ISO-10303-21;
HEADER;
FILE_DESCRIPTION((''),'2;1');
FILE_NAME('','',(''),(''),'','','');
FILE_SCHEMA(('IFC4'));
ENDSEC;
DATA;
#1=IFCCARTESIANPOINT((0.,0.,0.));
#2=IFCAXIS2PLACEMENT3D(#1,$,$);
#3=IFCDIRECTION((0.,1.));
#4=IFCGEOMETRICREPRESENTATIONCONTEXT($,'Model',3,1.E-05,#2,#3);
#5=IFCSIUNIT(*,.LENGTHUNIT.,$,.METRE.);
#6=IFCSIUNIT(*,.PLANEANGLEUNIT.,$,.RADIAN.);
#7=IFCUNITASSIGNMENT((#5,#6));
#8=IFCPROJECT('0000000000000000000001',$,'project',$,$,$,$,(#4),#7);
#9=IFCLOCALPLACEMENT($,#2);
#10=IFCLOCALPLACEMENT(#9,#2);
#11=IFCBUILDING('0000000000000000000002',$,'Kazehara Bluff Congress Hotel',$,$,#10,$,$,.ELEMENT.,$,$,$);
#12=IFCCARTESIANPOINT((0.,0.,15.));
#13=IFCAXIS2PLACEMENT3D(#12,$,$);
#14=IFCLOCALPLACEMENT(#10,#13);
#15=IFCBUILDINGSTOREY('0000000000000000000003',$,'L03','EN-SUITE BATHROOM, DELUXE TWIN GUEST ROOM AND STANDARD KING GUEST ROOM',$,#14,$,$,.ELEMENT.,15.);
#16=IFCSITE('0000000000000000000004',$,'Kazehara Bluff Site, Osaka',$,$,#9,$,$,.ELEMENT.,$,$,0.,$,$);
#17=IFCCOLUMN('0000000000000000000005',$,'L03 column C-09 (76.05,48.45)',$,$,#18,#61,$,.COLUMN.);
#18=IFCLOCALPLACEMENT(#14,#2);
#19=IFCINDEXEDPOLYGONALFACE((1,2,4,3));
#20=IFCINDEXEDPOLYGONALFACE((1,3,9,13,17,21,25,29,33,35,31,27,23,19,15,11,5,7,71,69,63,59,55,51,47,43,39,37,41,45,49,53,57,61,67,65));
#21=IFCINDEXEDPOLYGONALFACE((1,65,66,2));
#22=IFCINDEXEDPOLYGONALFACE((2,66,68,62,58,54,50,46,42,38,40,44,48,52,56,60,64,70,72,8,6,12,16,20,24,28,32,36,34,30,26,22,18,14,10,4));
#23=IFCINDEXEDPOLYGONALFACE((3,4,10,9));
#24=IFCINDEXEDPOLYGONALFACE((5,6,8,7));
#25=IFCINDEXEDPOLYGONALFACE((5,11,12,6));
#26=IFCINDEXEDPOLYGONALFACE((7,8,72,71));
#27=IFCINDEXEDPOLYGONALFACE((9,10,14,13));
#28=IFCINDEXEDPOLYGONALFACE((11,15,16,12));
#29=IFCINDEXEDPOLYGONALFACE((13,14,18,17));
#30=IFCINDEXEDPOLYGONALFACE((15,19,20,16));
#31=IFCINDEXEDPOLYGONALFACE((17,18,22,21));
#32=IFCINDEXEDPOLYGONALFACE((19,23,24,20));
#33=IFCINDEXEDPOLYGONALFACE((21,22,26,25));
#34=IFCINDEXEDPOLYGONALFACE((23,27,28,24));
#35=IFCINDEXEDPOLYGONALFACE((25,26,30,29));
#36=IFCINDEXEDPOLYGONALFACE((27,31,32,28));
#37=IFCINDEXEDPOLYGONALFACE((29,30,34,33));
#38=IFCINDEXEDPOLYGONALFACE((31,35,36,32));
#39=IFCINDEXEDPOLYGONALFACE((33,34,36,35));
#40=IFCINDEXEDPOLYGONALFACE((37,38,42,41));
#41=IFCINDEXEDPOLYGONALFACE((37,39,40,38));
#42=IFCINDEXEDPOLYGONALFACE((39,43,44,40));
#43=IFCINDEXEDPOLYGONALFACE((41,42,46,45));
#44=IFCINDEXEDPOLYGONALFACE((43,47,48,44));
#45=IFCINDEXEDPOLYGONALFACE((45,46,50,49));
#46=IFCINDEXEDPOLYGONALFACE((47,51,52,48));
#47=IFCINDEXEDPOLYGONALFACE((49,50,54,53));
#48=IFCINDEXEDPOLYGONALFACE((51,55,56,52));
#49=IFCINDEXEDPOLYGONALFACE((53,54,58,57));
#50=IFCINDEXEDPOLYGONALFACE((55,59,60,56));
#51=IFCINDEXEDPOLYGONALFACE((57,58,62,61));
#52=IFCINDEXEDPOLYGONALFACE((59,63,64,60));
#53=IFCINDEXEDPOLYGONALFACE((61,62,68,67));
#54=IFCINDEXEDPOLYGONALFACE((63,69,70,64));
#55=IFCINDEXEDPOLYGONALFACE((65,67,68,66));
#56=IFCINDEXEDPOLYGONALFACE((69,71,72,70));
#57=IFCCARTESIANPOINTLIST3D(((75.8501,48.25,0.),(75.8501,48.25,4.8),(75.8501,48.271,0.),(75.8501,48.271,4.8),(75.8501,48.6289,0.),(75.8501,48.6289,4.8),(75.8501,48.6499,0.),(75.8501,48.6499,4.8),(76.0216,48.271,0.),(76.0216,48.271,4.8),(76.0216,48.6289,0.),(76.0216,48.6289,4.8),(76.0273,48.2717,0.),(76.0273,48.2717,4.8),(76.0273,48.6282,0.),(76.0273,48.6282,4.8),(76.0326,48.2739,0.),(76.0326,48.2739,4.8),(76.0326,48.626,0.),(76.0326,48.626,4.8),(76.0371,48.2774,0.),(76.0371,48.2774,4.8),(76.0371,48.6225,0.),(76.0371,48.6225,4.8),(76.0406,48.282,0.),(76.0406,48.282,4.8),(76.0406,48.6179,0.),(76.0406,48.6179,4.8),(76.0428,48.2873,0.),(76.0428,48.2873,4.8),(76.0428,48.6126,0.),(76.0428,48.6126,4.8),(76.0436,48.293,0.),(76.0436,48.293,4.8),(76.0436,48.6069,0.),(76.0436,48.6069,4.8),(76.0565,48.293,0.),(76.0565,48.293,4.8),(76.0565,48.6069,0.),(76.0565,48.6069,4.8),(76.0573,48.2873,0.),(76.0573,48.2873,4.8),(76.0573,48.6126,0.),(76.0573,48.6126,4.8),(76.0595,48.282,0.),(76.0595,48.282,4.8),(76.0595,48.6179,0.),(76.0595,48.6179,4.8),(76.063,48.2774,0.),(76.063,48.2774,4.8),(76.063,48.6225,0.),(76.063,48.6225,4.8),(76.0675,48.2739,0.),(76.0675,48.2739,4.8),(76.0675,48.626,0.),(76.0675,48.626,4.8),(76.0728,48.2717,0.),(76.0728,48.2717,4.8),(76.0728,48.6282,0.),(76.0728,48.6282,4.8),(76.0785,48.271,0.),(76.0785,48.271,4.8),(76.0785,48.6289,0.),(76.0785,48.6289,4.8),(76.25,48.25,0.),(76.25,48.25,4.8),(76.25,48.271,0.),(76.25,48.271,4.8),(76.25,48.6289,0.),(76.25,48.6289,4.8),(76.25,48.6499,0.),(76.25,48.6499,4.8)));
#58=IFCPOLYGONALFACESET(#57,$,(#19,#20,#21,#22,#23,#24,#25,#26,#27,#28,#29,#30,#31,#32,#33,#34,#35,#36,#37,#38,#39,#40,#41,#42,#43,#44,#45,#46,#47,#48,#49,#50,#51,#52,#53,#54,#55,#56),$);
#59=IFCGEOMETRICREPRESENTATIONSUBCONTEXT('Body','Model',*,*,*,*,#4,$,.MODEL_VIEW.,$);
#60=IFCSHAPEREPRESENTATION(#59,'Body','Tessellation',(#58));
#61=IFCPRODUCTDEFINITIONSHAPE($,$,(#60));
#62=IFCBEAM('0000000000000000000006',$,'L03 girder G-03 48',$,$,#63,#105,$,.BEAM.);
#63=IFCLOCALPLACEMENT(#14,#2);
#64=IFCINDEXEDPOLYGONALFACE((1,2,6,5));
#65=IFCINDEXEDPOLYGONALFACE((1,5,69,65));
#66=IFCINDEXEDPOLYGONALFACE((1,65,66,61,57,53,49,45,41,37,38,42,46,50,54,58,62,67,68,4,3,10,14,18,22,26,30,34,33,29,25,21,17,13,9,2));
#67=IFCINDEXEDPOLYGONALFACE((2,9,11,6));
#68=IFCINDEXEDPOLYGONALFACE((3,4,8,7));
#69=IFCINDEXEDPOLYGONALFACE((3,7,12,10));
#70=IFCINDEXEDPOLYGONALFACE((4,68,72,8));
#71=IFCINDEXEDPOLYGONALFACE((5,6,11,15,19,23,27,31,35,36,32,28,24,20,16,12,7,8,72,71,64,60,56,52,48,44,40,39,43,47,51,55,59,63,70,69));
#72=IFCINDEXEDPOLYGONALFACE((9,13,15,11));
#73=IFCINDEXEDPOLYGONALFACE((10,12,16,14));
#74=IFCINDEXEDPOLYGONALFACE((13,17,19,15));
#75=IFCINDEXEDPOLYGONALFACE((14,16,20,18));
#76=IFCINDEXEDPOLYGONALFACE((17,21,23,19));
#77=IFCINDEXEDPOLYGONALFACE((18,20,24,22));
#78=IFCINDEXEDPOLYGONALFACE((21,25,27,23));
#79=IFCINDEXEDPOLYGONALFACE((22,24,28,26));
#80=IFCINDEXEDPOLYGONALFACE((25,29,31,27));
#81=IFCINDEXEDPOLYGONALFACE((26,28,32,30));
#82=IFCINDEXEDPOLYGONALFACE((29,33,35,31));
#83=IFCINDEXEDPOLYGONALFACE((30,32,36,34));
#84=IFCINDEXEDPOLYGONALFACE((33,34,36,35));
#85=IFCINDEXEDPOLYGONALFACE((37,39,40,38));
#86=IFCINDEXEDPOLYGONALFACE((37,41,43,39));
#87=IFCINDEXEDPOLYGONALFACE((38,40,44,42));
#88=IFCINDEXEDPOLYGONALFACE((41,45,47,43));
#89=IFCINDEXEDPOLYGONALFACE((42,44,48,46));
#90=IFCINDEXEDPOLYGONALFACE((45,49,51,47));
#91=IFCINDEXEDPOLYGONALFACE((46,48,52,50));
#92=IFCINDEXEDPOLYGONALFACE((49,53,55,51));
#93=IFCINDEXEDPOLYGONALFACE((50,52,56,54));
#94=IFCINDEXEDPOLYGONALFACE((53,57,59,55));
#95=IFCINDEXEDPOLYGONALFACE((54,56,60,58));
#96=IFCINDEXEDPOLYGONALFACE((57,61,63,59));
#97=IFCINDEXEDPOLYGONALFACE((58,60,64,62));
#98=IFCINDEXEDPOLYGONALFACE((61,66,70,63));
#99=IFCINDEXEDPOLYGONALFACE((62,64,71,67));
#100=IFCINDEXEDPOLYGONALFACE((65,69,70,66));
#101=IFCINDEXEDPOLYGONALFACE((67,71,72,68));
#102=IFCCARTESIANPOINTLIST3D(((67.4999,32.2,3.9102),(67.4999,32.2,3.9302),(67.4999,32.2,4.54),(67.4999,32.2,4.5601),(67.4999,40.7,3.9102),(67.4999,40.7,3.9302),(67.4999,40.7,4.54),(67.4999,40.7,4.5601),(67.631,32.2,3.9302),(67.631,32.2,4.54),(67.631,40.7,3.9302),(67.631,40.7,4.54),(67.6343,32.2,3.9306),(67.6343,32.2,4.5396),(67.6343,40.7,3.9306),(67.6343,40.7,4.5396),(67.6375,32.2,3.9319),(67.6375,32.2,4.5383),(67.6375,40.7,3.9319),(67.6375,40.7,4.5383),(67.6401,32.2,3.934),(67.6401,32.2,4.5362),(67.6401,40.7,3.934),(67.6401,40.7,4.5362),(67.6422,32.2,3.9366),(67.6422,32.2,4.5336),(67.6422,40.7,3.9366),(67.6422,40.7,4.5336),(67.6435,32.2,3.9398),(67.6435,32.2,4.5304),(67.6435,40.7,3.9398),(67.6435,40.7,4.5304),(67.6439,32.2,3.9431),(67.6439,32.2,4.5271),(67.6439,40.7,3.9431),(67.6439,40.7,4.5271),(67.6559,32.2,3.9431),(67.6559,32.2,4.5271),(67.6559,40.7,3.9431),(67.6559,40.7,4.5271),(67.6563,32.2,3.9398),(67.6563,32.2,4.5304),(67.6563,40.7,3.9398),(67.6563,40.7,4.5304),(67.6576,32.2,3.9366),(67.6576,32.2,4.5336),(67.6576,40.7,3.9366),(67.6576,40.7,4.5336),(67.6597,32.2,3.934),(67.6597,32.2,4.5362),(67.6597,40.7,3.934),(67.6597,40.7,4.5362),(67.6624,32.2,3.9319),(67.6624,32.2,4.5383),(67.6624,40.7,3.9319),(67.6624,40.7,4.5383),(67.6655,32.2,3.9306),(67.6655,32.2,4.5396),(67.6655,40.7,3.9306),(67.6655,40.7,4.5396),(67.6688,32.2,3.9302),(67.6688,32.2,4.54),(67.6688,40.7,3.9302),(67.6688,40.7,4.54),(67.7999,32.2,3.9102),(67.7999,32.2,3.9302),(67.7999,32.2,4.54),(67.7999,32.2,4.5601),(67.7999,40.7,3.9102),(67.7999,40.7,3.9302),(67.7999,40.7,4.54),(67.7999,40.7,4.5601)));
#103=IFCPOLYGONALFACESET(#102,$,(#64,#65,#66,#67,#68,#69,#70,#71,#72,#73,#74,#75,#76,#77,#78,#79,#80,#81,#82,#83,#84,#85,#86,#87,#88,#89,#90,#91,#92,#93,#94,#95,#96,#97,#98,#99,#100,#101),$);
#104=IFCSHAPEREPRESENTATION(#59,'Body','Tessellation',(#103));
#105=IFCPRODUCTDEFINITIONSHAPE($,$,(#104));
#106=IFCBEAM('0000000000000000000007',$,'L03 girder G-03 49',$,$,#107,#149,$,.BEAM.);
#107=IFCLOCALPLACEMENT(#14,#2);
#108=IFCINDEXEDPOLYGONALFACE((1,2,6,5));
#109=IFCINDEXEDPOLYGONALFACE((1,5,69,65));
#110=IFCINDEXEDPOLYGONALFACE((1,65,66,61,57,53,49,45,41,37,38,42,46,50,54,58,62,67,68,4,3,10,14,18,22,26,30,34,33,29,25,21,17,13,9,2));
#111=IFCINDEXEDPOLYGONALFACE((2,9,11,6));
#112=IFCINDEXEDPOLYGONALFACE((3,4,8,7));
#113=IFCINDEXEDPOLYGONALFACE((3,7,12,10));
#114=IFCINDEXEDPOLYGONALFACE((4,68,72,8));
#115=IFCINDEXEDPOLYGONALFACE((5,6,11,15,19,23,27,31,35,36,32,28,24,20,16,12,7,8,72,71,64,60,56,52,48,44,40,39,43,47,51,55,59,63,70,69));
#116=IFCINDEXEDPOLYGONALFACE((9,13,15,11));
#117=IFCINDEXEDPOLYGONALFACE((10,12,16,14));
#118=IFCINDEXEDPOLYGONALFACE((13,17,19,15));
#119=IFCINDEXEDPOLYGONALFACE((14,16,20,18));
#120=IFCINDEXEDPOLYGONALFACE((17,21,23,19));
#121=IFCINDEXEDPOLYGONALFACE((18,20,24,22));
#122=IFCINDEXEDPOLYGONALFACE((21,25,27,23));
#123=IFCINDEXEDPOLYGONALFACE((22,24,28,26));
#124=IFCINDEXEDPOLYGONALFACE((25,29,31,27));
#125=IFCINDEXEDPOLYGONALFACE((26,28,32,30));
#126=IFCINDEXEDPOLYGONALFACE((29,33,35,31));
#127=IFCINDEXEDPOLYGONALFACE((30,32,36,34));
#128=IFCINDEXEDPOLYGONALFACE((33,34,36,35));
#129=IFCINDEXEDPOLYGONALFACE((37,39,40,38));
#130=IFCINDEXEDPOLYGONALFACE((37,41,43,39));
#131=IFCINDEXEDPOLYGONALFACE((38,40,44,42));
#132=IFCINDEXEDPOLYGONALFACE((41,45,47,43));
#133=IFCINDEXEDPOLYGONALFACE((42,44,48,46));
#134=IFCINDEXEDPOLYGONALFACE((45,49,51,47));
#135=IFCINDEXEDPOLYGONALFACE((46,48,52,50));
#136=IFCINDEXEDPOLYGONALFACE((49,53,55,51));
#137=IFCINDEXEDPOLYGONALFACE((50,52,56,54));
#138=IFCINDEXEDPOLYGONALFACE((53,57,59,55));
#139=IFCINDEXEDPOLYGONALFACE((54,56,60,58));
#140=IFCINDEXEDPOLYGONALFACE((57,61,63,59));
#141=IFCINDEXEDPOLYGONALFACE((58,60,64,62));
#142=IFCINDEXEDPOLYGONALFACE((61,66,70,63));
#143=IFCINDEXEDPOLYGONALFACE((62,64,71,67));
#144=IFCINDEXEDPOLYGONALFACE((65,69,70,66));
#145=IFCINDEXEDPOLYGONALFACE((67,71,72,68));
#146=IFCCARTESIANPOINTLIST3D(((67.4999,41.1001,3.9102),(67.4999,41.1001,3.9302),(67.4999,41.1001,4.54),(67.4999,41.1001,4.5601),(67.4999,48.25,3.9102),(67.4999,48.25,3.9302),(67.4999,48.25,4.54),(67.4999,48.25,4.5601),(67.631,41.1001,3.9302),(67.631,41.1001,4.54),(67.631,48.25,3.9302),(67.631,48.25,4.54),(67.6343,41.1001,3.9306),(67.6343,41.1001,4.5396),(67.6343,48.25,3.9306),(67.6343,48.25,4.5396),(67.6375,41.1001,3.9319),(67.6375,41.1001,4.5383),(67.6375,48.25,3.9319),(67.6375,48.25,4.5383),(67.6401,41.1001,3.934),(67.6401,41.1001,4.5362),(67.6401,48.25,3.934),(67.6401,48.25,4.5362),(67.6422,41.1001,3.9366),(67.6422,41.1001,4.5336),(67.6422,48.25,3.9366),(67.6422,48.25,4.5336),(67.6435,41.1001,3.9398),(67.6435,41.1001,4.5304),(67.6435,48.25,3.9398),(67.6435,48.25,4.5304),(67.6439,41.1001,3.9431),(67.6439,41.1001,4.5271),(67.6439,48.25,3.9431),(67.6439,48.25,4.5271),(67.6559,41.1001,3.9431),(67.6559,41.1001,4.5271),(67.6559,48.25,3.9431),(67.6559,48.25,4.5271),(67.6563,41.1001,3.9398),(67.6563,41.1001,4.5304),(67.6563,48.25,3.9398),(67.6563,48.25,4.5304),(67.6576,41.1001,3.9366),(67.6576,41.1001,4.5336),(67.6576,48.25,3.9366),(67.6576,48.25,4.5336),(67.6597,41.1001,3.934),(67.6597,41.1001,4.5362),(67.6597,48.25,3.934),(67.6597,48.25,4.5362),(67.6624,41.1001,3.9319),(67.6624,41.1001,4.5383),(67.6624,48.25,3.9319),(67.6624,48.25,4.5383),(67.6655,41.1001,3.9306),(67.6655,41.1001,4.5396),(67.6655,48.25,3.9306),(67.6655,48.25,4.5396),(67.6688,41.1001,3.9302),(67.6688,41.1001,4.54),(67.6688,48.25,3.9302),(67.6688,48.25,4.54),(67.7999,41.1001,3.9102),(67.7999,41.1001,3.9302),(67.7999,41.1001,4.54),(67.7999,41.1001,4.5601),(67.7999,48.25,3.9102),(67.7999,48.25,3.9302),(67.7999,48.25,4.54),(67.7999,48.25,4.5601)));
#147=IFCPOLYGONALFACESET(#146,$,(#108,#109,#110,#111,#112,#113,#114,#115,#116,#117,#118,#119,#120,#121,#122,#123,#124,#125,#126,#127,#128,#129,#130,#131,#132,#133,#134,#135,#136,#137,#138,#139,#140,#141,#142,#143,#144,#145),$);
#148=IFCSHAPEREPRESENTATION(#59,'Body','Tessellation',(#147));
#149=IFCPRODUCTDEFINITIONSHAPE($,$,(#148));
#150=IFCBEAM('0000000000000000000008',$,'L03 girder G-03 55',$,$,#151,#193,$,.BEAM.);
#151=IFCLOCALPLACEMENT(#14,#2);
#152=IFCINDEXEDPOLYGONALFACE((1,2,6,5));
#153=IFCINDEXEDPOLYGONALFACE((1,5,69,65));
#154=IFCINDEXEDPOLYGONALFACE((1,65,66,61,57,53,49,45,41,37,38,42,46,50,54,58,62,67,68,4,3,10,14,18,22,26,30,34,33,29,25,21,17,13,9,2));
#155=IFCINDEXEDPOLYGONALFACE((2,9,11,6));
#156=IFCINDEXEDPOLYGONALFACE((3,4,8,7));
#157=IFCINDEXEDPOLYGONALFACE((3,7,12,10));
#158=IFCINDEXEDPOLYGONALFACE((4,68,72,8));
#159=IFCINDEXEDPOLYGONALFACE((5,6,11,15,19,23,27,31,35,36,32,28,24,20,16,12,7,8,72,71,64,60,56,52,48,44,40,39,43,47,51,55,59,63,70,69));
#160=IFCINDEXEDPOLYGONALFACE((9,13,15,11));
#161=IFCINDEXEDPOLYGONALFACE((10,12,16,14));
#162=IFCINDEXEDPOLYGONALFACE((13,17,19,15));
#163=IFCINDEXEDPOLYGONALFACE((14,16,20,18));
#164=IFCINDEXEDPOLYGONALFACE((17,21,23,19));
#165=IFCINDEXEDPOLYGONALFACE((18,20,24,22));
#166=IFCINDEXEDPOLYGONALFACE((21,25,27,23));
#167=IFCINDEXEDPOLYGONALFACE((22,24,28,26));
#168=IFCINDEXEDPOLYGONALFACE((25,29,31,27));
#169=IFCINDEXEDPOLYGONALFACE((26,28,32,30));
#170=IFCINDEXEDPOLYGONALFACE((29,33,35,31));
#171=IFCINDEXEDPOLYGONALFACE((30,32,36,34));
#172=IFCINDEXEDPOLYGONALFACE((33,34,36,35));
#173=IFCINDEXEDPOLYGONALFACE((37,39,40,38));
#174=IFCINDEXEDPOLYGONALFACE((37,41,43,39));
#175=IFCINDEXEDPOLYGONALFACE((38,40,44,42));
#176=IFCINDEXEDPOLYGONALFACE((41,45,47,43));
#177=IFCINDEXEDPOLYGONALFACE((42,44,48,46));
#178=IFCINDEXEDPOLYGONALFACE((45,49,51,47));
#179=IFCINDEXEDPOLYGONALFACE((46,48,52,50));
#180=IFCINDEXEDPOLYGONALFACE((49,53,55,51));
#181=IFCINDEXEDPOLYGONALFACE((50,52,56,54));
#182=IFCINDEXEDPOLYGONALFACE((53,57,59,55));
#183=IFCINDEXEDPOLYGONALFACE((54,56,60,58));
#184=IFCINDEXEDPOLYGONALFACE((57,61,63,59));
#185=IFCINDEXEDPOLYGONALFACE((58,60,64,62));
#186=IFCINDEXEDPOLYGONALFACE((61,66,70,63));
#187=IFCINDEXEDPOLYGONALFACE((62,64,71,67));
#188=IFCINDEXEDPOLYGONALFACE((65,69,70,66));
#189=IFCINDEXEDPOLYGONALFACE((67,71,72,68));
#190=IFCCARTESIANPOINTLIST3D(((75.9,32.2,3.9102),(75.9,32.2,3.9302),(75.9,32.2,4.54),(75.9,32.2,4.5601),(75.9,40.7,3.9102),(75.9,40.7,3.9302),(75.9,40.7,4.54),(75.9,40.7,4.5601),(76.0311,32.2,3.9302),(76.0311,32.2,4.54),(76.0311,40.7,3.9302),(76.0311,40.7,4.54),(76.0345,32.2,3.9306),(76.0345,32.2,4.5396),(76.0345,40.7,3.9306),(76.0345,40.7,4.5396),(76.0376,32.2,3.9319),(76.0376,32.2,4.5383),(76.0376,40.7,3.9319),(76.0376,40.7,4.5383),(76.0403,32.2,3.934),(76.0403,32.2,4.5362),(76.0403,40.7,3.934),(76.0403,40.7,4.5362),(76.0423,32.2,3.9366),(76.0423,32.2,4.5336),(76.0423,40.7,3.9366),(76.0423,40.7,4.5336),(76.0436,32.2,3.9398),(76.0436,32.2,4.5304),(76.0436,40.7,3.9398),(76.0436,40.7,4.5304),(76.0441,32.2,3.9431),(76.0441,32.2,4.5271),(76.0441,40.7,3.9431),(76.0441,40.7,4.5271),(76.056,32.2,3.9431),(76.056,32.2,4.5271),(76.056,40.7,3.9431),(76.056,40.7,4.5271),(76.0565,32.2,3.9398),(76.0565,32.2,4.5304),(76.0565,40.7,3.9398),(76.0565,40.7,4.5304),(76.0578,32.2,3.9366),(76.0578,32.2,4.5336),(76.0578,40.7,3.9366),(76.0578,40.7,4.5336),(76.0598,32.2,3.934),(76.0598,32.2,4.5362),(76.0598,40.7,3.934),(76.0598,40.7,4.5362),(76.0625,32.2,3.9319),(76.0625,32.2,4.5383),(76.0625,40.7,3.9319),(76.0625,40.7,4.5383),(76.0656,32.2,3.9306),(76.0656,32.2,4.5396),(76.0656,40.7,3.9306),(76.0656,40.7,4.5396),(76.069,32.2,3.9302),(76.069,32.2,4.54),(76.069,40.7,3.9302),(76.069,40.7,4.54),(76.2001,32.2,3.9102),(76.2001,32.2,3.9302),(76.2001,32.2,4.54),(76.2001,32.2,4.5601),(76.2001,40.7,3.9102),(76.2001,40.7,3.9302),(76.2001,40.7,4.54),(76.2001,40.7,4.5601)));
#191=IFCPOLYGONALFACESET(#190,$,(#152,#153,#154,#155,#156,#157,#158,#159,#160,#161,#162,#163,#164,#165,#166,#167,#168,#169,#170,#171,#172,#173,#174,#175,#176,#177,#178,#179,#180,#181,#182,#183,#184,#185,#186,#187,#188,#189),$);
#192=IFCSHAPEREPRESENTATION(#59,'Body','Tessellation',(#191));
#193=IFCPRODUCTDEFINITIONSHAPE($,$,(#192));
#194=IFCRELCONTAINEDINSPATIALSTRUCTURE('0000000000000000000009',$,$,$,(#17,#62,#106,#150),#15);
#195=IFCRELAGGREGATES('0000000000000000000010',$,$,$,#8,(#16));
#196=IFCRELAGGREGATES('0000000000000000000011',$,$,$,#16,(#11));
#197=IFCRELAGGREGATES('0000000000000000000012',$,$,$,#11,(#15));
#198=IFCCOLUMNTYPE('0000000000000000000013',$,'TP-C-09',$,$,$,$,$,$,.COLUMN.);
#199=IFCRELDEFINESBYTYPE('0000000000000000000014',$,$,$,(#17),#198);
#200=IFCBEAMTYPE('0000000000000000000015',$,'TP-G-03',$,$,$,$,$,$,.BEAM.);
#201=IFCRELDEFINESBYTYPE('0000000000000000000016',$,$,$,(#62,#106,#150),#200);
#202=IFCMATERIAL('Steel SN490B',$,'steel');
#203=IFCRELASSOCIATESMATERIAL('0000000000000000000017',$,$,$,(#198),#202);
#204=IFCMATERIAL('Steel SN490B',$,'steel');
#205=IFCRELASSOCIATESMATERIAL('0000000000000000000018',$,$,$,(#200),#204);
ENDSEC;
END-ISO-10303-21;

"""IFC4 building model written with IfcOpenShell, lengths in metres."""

from ifc_helpers import new_model, si_unit, direction, frame, origin, origin_2d, place, context, subcontext, project, spatial, i_section, extrude, material, material_profile, profile_set, type_object, element, save


model = new_model("IFC4")

# Units and contexts
model_context = context("Model", 3, precision=1e-05, world=origin(), true_north=direction((0.0, 1.0)))
body_context = subcontext(model_context, "Body", "Model", "MODEL_VIEW")
ifc_project = project(units=[si_unit("LENGTHUNIT", "METRE"), si_unit("PLANEANGLEUNIT", "RADIAN")], contexts=[model_context])

# Site, building, storey
site_placement = place(None, origin())
site = spatial("IfcSite", under=ifc_project, at=site_placement, Name="Kazehara Bluff Site, Osaka", CompositionType="ELEMENT", RefElevation=0.0)
building_placement = place(site_placement, origin())
building = spatial("IfcBuilding", under=site, at=building_placement, Name="Kazehara Bluff Congress Hotel", CompositionType="ELEMENT")
storey_placement = place(building_placement, frame((0.0, 0.0, 15.0)))
storey = spatial("IfcBuildingStorey", under=building, at=storey_placement, Name="L03", Description="EN-SUITE BATHROOM, DELUXE TWIN GUEST ROOM AND STANDARD KING GUEST ROOM", CompositionType="ELEMENT", Elevation=15.0)

# Column
ifc_material_1 = material(Name="Steel SN490B", Category="steel")
ifc_material_profile_1 = material_profile(ifc_material_1, i_section(OverallWidth=0.3999, OverallDepth=0.3999, WebThickness=0.0129, FlangeThickness=0.021, FilletRadius=0.022, at=origin_2d()))
ifc_profile_set_1 = profile_set([ifc_material_profile_1], Name="Steel SN490B")
column_type = type_object("IfcColumnType", Name="TP-C-09", PredefinedType="COLUMN", material=ifc_profile_set_1)
for number, where, z_axis, x_axis, name in (
    (1, (76.05, 48.45, 0.0), (0.0, 0.0, 1.0), (1.0, 0.0, 0.0), "L03 column C-09 (76.05,48.45)"),
):
    element("IfcColumn", number, at=place(storey_placement, frame(where, z_axis=z_axis, x_axis=x_axis)), inside=storey, type_object=column_type, Name=name, PredefinedType="COLUMN", context=body_context, shape_type="SweptSolid", body=[
        extrude(i_section(OverallWidth=0.3999, OverallDepth=0.3999, WebThickness=0.0129, FlangeThickness=0.021, FilletRadius=0.022, at=origin_2d()), origin(), (0.0, 0.0, 1.0), 4.8),
    ])

# Beams
ifc_material_2 = material(Name="Steel SN490B", Category="steel")
ifc_material_profile_2 = material_profile(ifc_material_2, i_section(OverallWidth=0.3, OverallDepth=0.6499, WebThickness=0.012, FlangeThickness=0.02, FilletRadius=0.0129, at=origin_2d()))
ifc_profile_set_2 = profile_set([ifc_material_profile_2], Name="Steel SN490B")
beam_type_1 = type_object("IfcBeamType", Name="TP-G-03", PredefinedType="BEAM", material=ifc_profile_set_2)
beam_1_placement = place(storey_placement, frame((67.6499, 32.2, 4.2351), z_axis=(0.0, 1.0, 0.0), x_axis=(-1.0, 0.0, 0.0)))
element("IfcBeam", 2, at=beam_1_placement, inside=storey, type_object=beam_type_1, Name="L03 girder G-03 48", PredefinedType="BEAM", context=body_context, shape_type="SweptSolid", body=[
    extrude(i_section(OverallWidth=0.3, OverallDepth=0.6499, WebThickness=0.012, FlangeThickness=0.02, FilletRadius=0.0129, at=origin_2d()), origin(), (0.0, 0.0, 1.0), 8.5),
])
beam_2_placement = place(storey_placement, frame((67.6499, 41.1001, 4.2351), z_axis=(0.0, 1.0, 0.0), x_axis=(-1.0, 0.0, 0.0)))
element("IfcBeam", 3, at=beam_2_placement, inside=storey, type_object=beam_type_1, Name="L03 girder G-03 49", PredefinedType="BEAM", context=body_context, shape_type="SweptSolid", body=[
    extrude(i_section(OverallWidth=0.3, OverallDepth=0.6499, WebThickness=0.012, FlangeThickness=0.02, FilletRadius=0.0129, at=origin_2d()), origin(), (0.0, 0.0, 1.0), 7.1499),
])
beam_3_placement = place(storey_placement, frame((76.05, 32.2, 4.2351), z_axis=(0.0, 1.0, 0.0), x_axis=(-1.0, 0.0, 0.0)))
element("IfcBeam", 4, at=beam_3_placement, inside=storey, type_object=beam_type_1, Name="L03 girder G-03 55", PredefinedType="BEAM", context=body_context, shape_type="SweptSolid", body=[
    extrude(i_section(OverallWidth=0.3, OverallDepth=0.6499, WebThickness=0.012, FlangeThickness=0.02, FilletRadius=0.0129, at=origin_2d()), origin(), (0.0, 0.0, 1.0), 8.5),
])

save(model, "model.ifc")
